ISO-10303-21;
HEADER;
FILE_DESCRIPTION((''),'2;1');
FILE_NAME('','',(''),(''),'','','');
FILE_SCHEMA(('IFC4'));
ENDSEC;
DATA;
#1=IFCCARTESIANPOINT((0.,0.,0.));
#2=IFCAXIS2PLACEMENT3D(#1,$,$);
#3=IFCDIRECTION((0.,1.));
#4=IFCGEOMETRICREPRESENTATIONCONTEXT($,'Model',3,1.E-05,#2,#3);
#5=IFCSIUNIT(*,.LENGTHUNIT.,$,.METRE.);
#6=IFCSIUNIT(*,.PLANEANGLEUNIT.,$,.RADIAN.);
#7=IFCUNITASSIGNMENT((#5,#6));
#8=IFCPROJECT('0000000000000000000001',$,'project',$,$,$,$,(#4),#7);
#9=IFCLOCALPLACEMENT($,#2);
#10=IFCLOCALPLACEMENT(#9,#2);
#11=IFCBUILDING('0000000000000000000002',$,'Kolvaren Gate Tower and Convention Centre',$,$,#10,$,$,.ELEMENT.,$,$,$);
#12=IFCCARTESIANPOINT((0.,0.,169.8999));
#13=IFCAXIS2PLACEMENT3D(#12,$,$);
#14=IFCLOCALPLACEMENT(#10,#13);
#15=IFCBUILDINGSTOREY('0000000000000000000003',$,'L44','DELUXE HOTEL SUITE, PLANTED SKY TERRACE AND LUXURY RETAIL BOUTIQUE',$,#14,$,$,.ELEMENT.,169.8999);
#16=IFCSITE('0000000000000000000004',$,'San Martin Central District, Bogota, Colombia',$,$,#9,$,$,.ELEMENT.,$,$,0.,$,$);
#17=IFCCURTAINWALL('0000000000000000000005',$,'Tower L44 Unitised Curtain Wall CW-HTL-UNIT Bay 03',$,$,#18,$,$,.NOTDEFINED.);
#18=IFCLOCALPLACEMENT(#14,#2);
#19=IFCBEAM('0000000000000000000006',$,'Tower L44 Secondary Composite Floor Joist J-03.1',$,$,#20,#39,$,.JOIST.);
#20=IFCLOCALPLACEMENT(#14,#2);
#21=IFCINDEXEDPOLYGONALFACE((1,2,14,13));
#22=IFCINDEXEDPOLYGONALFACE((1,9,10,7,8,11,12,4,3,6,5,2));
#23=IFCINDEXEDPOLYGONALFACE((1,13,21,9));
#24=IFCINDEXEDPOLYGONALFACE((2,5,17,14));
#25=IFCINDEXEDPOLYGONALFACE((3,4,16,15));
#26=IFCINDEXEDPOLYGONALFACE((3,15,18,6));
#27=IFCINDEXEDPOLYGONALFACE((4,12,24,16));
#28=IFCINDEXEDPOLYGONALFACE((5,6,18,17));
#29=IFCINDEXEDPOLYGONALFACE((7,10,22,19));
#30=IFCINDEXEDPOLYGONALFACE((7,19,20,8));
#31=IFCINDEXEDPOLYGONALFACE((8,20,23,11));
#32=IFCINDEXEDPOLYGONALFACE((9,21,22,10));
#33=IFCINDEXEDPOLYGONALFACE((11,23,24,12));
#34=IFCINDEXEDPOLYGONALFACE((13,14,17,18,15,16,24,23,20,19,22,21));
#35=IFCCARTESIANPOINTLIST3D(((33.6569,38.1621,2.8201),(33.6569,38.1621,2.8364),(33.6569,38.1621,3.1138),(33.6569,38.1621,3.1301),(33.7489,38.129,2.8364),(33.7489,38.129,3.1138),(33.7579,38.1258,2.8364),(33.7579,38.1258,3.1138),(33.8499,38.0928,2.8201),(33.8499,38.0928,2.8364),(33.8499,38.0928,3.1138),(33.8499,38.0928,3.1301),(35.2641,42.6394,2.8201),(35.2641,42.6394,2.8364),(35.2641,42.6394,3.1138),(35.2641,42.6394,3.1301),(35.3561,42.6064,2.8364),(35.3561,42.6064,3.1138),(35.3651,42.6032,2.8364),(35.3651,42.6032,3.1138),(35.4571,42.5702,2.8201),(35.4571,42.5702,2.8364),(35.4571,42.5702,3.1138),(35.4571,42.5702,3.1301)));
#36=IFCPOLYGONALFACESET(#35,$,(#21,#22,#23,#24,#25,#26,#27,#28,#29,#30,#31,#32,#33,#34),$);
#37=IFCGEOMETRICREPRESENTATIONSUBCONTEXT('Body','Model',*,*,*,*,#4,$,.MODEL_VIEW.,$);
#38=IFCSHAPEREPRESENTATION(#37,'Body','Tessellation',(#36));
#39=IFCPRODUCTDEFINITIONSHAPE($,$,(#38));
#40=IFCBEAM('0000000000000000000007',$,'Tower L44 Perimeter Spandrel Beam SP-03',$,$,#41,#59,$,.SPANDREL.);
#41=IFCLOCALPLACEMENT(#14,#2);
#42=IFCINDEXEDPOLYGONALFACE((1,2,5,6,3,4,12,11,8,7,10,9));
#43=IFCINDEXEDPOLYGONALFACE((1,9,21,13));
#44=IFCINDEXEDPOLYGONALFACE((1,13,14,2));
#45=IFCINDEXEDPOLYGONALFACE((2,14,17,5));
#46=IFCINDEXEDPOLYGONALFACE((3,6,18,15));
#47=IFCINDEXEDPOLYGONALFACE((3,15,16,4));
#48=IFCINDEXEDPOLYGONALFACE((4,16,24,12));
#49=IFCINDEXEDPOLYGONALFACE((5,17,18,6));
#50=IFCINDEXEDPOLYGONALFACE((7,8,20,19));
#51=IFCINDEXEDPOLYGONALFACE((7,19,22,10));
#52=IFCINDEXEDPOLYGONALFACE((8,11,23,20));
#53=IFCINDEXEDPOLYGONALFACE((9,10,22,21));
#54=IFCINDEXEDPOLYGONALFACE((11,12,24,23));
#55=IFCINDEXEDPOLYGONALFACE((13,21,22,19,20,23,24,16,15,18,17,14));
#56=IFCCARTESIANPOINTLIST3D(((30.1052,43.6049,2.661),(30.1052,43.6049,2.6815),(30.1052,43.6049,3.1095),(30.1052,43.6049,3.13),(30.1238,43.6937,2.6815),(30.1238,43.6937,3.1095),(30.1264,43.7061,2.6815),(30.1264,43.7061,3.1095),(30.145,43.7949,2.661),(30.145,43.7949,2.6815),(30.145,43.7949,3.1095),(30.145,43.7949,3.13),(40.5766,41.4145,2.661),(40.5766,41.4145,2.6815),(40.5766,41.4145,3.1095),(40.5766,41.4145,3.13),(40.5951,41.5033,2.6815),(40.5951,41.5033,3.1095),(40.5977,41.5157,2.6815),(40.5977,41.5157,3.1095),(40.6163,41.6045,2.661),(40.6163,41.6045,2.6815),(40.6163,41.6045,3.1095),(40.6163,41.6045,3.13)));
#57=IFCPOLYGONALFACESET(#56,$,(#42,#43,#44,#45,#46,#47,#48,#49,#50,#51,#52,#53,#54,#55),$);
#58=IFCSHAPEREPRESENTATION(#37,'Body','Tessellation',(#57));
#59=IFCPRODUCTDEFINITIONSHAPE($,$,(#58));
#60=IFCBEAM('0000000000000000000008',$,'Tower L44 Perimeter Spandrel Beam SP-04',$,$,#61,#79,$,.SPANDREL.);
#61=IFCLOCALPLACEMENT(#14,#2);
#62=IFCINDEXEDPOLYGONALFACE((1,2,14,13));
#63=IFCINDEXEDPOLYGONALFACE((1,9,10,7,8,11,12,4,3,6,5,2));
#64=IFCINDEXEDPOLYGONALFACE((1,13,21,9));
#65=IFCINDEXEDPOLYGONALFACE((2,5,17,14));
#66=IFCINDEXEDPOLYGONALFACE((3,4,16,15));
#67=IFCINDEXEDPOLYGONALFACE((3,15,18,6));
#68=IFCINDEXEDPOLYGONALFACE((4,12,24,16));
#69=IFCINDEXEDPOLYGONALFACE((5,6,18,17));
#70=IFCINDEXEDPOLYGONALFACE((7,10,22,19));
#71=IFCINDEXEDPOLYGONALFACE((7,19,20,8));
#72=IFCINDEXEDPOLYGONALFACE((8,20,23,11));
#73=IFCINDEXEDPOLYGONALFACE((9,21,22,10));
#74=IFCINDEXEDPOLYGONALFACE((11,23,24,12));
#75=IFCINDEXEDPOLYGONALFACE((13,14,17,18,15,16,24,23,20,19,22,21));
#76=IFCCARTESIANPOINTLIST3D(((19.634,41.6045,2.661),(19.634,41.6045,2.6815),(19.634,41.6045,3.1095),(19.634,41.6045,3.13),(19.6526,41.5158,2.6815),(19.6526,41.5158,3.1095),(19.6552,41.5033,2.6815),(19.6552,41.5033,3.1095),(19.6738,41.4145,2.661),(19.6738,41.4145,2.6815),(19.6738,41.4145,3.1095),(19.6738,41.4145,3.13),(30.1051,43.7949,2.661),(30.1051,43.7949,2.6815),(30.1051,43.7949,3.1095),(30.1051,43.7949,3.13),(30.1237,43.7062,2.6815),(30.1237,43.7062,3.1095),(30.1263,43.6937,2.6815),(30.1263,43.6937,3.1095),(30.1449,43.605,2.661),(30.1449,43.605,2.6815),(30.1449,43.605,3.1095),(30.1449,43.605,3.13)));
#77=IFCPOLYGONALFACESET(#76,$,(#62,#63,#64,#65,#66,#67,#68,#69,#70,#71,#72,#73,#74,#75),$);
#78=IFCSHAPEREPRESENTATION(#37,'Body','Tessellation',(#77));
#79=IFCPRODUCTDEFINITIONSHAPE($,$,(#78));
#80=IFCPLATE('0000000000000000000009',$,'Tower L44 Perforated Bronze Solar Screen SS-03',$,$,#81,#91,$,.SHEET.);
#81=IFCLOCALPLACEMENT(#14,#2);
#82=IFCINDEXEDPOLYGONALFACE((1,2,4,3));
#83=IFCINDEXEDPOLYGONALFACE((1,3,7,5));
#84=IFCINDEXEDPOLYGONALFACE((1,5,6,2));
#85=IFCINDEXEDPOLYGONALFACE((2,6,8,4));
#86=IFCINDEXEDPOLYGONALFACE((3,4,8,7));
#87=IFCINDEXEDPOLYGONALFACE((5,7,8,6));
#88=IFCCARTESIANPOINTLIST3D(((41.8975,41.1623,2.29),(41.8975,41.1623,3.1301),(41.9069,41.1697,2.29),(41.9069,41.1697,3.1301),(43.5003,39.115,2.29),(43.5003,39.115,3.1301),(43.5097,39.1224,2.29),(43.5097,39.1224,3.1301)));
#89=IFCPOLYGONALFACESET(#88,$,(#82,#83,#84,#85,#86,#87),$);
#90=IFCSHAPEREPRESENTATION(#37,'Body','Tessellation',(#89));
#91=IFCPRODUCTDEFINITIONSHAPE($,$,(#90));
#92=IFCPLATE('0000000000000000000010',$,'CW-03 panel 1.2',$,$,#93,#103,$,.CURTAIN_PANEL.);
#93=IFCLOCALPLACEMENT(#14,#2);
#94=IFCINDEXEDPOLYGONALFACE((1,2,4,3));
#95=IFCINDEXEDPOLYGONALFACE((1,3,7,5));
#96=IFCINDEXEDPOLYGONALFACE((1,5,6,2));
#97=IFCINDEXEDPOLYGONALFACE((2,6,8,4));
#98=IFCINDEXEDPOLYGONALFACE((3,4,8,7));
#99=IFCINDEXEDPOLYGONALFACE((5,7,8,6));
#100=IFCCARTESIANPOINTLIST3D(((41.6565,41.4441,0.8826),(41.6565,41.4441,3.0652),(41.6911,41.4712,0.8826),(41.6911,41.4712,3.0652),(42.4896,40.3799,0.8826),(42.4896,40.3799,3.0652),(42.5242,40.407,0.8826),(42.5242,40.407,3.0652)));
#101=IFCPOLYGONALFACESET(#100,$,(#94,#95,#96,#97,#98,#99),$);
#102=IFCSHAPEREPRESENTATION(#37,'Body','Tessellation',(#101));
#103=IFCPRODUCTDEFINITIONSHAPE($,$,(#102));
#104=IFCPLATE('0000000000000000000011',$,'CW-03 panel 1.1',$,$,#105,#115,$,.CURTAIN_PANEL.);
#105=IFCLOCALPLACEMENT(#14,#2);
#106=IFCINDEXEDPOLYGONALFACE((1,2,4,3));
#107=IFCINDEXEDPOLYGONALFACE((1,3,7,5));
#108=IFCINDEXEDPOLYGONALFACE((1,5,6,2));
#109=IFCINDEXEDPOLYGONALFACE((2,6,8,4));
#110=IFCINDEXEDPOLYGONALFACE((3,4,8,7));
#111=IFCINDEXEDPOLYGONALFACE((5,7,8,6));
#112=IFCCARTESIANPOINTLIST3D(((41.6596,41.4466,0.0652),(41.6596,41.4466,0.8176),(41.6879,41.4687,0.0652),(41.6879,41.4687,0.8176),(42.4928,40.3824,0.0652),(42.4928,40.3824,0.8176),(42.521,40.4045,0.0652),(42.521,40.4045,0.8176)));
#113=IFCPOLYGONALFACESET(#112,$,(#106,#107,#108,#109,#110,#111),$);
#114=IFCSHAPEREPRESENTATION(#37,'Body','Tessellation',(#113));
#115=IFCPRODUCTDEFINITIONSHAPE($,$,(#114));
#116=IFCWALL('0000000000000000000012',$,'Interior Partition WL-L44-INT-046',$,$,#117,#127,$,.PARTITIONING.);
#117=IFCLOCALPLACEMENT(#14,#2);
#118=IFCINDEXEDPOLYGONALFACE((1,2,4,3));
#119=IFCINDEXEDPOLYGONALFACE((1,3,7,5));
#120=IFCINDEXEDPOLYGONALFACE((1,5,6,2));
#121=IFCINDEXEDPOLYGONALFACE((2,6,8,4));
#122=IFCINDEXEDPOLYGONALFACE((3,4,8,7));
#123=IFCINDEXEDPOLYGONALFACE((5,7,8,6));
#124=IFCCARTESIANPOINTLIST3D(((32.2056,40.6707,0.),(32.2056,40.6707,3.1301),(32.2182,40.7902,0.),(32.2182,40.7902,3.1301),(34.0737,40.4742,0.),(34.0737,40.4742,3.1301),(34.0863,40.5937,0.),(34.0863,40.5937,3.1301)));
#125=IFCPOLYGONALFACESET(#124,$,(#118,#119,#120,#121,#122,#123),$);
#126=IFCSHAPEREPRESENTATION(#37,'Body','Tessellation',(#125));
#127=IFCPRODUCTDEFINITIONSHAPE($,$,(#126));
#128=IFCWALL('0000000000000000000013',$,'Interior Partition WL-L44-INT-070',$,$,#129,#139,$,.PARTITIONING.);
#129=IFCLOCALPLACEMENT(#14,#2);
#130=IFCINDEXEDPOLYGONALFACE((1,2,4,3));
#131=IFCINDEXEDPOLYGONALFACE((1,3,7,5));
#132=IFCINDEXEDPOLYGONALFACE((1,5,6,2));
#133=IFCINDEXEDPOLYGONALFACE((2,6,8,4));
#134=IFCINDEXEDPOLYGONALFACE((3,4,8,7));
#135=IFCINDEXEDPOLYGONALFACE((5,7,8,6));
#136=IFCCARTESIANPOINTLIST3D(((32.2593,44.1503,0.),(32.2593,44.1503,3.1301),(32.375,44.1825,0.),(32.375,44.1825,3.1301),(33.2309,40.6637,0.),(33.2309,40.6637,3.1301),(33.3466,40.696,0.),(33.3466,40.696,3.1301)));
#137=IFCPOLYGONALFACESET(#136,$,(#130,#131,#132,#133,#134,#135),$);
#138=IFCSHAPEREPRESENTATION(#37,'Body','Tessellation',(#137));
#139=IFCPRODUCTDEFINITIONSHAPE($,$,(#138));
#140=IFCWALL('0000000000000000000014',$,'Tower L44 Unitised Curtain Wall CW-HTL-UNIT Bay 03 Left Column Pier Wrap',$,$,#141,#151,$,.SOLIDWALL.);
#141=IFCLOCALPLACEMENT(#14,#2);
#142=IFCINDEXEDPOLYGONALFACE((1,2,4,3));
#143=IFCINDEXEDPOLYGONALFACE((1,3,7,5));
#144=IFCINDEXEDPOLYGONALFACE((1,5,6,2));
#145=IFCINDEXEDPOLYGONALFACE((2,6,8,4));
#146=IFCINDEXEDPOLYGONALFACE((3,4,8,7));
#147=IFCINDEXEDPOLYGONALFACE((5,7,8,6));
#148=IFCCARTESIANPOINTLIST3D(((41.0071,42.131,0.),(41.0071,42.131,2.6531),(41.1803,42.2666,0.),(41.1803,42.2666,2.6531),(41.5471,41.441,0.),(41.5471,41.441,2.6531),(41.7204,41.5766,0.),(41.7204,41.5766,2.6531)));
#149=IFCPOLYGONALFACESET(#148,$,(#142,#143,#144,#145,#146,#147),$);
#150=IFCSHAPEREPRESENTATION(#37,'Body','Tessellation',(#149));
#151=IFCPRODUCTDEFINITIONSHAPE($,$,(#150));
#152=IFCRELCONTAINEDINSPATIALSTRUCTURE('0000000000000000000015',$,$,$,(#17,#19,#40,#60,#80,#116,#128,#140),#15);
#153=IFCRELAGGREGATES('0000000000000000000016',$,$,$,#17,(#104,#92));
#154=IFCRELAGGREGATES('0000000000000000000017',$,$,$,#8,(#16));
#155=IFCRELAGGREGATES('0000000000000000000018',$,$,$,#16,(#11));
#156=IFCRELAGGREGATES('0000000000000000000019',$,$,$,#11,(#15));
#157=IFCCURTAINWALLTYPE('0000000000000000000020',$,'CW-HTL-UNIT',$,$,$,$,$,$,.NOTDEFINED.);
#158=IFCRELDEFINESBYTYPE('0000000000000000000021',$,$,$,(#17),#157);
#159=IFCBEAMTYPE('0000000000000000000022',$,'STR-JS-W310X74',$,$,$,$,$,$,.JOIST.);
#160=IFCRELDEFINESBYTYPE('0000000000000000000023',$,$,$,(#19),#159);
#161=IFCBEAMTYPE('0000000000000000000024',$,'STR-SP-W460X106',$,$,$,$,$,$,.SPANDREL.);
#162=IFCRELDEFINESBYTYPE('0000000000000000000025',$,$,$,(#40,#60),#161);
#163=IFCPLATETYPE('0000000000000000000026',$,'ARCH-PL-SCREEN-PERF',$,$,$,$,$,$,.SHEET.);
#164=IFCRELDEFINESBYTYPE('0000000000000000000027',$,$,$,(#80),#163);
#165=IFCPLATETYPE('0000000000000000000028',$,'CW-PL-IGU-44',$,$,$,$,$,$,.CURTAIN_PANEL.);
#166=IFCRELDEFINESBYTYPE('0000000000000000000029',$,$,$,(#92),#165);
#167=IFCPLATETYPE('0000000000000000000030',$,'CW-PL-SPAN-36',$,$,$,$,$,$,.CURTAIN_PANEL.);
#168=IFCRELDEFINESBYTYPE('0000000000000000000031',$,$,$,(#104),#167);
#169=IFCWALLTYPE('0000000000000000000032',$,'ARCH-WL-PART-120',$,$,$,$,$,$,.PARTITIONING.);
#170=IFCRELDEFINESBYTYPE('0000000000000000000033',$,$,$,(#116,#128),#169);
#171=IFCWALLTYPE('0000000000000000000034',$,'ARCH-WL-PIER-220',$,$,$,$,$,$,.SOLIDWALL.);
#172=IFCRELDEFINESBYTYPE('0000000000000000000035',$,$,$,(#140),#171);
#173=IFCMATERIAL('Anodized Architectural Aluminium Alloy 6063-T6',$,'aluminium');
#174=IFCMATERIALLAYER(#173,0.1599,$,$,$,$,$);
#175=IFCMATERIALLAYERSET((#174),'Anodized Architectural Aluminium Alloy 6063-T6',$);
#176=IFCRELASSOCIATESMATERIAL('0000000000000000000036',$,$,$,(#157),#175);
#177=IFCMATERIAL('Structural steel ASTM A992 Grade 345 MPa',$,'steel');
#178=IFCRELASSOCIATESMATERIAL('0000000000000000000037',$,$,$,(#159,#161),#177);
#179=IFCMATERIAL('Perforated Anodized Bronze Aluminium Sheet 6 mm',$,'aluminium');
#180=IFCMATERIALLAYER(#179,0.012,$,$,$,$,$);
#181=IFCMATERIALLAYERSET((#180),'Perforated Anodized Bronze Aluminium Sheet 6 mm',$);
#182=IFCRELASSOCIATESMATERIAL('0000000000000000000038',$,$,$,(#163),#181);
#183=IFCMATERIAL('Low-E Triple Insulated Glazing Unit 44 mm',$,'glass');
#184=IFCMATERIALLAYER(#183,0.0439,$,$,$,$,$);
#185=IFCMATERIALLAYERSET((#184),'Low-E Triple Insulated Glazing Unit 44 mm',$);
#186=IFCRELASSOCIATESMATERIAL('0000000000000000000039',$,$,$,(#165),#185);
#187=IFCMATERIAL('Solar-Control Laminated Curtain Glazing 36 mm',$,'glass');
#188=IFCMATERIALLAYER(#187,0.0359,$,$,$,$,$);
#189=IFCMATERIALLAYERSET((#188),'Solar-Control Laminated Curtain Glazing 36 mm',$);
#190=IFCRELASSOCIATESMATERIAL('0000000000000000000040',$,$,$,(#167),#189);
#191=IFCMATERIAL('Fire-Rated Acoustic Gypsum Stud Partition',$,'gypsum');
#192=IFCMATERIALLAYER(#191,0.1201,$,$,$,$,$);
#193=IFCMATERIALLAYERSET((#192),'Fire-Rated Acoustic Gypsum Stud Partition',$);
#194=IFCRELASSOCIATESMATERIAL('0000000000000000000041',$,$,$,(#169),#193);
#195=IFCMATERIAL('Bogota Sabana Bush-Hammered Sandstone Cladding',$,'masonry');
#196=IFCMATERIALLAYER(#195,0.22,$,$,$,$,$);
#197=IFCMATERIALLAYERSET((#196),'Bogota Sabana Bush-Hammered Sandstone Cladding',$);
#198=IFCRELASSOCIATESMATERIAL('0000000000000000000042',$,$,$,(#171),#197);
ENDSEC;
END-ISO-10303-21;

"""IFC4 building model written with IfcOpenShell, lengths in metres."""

from ifc_helpers import new_model, si_unit, direction, frame, frame_2d, origin, origin_2d, place, context, subcontext, project, spatial, rectangle, i_section, extrude, material, layer, layer_set, material_profile, profile_set, type_object, element, aggregate, save


model = new_model("IFC4")

# Units and contexts
model_context = context("Model", 3, precision=1e-05, world=origin(), true_north=direction((0.0, 1.0)))
body_context = subcontext(model_context, "Body", "Model", "MODEL_VIEW")
ifc_project = project(units=[si_unit("LENGTHUNIT", "METRE"), si_unit("PLANEANGLEUNIT", "RADIAN")], contexts=[model_context])

# Site, building, storey
site_placement = place(None, origin())
site = spatial("IfcSite", under=ifc_project, at=site_placement, Name="San Martin Central District, Bogota, Colombia", CompositionType="ELEMENT", RefElevation=0.0)
building_placement = place(site_placement, origin())
building = spatial("IfcBuilding", under=site, at=building_placement, Name="Kolvaren Gate Tower and Convention Centre", CompositionType="ELEMENT")
storey_placement = place(building_placement, frame((0.0, 0.0, 169.8999)))
storey = spatial("IfcBuildingStorey", under=building, at=storey_placement, Name="L44", Description="DELUXE HOTEL SUITE, PLANTED SKY TERRACE AND LUXURY RETAIL BOUTIQUE", CompositionType="ELEMENT", Elevation=169.8999)

# Curtain wall
ifc_material_1 = material(Name="Anodized Architectural Aluminium Alloy 6063-T6", Category="aluminium")
ifc_layer_1 = layer(ifc_material_1, 0.1599)
ifc_layer_set_1 = layer_set([ifc_layer_1], Name="Anodized Architectural Aluminium Alloy 6063-T6")
curtain_wall_type = type_object("IfcCurtainWallType", Name="CW-HTL-UNIT", PredefinedType="NOTDEFINED", material=ifc_layer_set_1)
curtain_wall_placement = place(storey_placement, origin())
curtain_wall = element("IfcCurtainWall", 1, at=curtain_wall_placement, inside=storey, type_object=curtain_wall_type, Name="Tower L44 Unitised Curtain Wall CW-HTL-UNIT Bay 03", PredefinedType="NOTDEFINED")

# Beams
ifc_material_2 = material(Name="Structural steel ASTM A992 Grade 345 MPa", Category="steel")
ifc_material_profile_1 = material_profile(ifc_material_2, i_section(OverallWidth=0.2051, OverallDepth=0.3101, WebThickness=0.0095, FlangeThickness=0.0164, at=origin_2d()), Name="W310X74")
ifc_profile_set_1 = profile_set([ifc_material_profile_1], Name="Structural steel ASTM A992 Grade 345 MPa")
beam_type_1 = type_object("IfcBeamType", Name="STR-JS-W310X74", PredefinedType="JOIST", material=ifc_profile_set_1)
beam_1_placement = place(storey_placement, frame((33.7534, 38.1274, 2.9751), z_axis=(0.337854, 0.941198, 0.0), x_axis=(-0.941198, 0.337854, 0.0)))
element("IfcBeam", 2, at=beam_1_placement, inside=storey, type_object=beam_type_1, Name="Tower L44 Secondary Composite Floor Joist J-03.1", PredefinedType="JOIST", context=body_context, shape_type="SweptSolid", body=[
    extrude(i_section(OverallWidth=0.2051, OverallDepth=0.3101, WebThickness=0.0095, FlangeThickness=0.0164, at=origin_2d()), origin(), (0.0, 0.0, 1.0), 4.7571),
])
ifc_material_profile_2 = material_profile(ifc_material_2, i_section(OverallWidth=0.1941, OverallDepth=0.469, WebThickness=0.0127, FlangeThickness=0.0205, at=origin_2d()), Name="W460X106")
ifc_profile_set_2 = profile_set([ifc_material_profile_2], Name="Structural steel ASTM A992 Grade 345 MPa")
beam_type_2 = type_object("IfcBeamType", Name="STR-SP-W460X106", PredefinedType="SPANDREL", material=ifc_profile_set_2)
beam_2_placement = place(storey_placement, frame((40.5964, 41.5095, 2.8955), z_axis=(-0.978814, 0.20475, 0.0), x_axis=(-0.20475, -0.978814, 0.0)))
element("IfcBeam", 3, at=beam_2_placement, inside=storey, type_object=beam_type_2, Name="Tower L44 Perimeter Spandrel Beam SP-03", PredefinedType="SPANDREL", context=body_context, shape_type="SweptSolid", body=[
    extrude(i_section(OverallWidth=0.1941, OverallDepth=0.469, WebThickness=0.0127, FlangeThickness=0.0205, at=origin_2d()), origin(), (0.0, 0.0, 1.0), 10.698),
])
beam_3_placement = place(storey_placement, frame((30.125, 43.7, 2.8955), z_axis=(-0.978813, -0.204754, 0.0), x_axis=(0.204754, -0.978813, 0.0)))
element("IfcBeam", 4, at=beam_3_placement, inside=storey, type_object=beam_type_2, Name="Tower L44 Perimeter Spandrel Beam SP-04", PredefinedType="SPANDREL", context=body_context, shape_type="SweptSolid", body=[
    extrude(i_section(OverallWidth=0.1941, OverallDepth=0.469, WebThickness=0.0127, FlangeThickness=0.0205, at=origin_2d()), origin(), (0.0, 0.0, 1.0), 10.6978),
])

# Plates
ifc_material_3 = material(Name="Perforated Anodized Bronze Aluminium Sheet 6 mm", Category="aluminium")
ifc_layer_2 = layer(ifc_material_3, 0.012)
ifc_layer_set_2 = layer_set([ifc_layer_2], Name="Perforated Anodized Bronze Aluminium Sheet 6 mm")
plate_type_1 = type_object("IfcPlateType", Name="ARCH-PL-SCREEN-PERF", PredefinedType="SHEET", material=ifc_layer_set_2)
plate_1_placement = place(storey_placement, frame((42.7036, 40.1423, 2.29), z_axis=(0.0, 0.0, 1.0), x_axis=(0.616434, -0.787406, 0.0)))
element("IfcPlate", 5, at=plate_1_placement, inside=storey, type_object=plate_type_1, Name="Tower L44 Perforated Bronze Solar Screen SS-03", PredefinedType="SHEET", context=body_context, shape_type="SweptSolid", body=[
    extrude(rectangle(XDim=2.6001, YDim=0.012, at=origin_2d()), origin(), (0.0, 0.0, 1.0), 0.8401),
])
ifc_material_4 = material(Name="Low-E Triple Insulated Glazing Unit 44 mm", Category="glass")
ifc_layer_3 = layer(ifc_material_4, 0.0439)
ifc_layer_set_3 = layer_set([ifc_layer_3], Name="Low-E Triple Insulated Glazing Unit 44 mm")
plate_type_2 = type_object("IfcPlateType", Name="CW-PL-IGU-44", PredefinedType="CURTAIN_PANEL", material=ifc_layer_set_3)
plate_2_placement = place(storey_placement, frame((42.0903, 40.9255, 0.8826), z_axis=(0.0, 0.0, 1.0), x_axis=(0.616438, -0.787404, 0.0)))
plate_2 = element("IfcPlate", 6, at=plate_2_placement, type_object=plate_type_2, Name="CW-03 panel 1.2", PredefinedType="CURTAIN_PANEL", context=body_context, shape_type="SweptSolid", body=[
    extrude(rectangle(XDim=1.3516, YDim=0.0439, at=origin_2d()), origin(), (0.0, 0.0, 1.0), 2.1826),
])
ifc_material_5 = material(Name="Solar-Control Laminated Curtain Glazing 36 mm", Category="glass")
ifc_layer_4 = layer(ifc_material_5, 0.0359)
ifc_layer_set_4 = layer_set([ifc_layer_4], Name="Solar-Control Laminated Curtain Glazing 36 mm")
plate_type_3 = type_object("IfcPlateType", Name="CW-PL-SPAN-36", PredefinedType="CURTAIN_PANEL", material=ifc_layer_set_4)
plate_3_placement = place(storey_placement, frame((42.0903, 40.9255, 0.0652), z_axis=(0.0, 0.0, 1.0), x_axis=(0.616438, -0.787404, 0.0)))
plate_3 = element("IfcPlate", 7, at=plate_3_placement, type_object=plate_type_3, Name="CW-03 panel 1.1", PredefinedType="CURTAIN_PANEL", context=body_context, shape_type="SweptSolid", body=[
    extrude(rectangle(XDim=1.3516, YDim=0.0359, at=origin_2d()), origin(), (0.0, 0.0, 1.0), 0.7524),
])
aggregate(curtain_wall, [plate_3, plate_2])

# Walls
ifc_material_6 = material(Name="Fire-Rated Acoustic Gypsum Stud Partition", Category="gypsum")
ifc_layer_5 = layer(ifc_material_6, 0.1201)
ifc_layer_set_5 = layer_set([ifc_layer_5], Name="Fire-Rated Acoustic Gypsum Stud Partition")
wall_type_1 = type_object("IfcWallType", Name="ARCH-WL-PART-120", PredefinedType="PARTITIONING", material=ifc_layer_set_5)
wall_1_placement = place(storey_placement, frame((32.2119, 40.7305, 0.0), z_axis=(0.0, 0.0, 1.0), x_axis=(0.994512, -0.104624, 0.0)))
element("IfcWall", 8, at=wall_1_placement, inside=storey, type_object=wall_type_1, Name="Interior Partition WL-L44-INT-046", PredefinedType="PARTITIONING", context=body_context, shape_type="SweptSolid", body=[
    extrude(rectangle(XDim=1.8784, YDim=0.1201, at=frame_2d((0.9392, 0.0))), origin(), (0.0, 0.0, 1.0), 3.1301),
])
wall_2_placement = place(storey_placement, frame((32.3171, 44.1663, 0.0), z_axis=(0.0, 0.0, 1.0), x_axis=(0.268461, -0.96329, 0.0)))
element("IfcWall", 9, at=wall_2_placement, inside=storey, type_object=wall_type_1, Name="Interior Partition WL-L44-INT-070", PredefinedType="PARTITIONING", context=body_context, shape_type="SweptSolid", body=[
    extrude(rectangle(XDim=3.6194, YDim=0.1201, at=frame_2d((1.8096, 0.0))), origin(), (0.0, 0.0, 1.0), 3.1301),
])
ifc_material_7 = material(Name="Bogota Sabana Bush-Hammered Sandstone Cladding", Category="masonry")
ifc_layer_6 = layer(ifc_material_7, 0.22)
ifc_layer_set_6 = layer_set([ifc_layer_6], Name="Bogota Sabana Bush-Hammered Sandstone Cladding")
wall_type_2 = type_object("IfcWallType", Name="ARCH-WL-PIER-220", PredefinedType="SOLIDWALL", material=ifc_layer_set_6)
wall_3_placement = place(storey_placement, frame((41.0938, 42.1987, 0.0), z_axis=(0.0, 0.0, 1.0), x_axis=(0.616368, -0.787458, 0.0)))
element("IfcWall", 10, at=wall_3_placement, inside=storey, type_object=wall_type_2, Name="Tower L44 Unitised Curtain Wall CW-HTL-UNIT Bay 03 Left Column Pier Wrap", PredefinedType="SOLIDWALL", context=body_context, shape_type="SweptSolid", body=[
    extrude(rectangle(XDim=0.8762, YDim=0.22, at=frame_2d((0.438, 0.0))), origin(), (0.0, 0.0, 1.0), 2.6531),
])

save(model, "model.ifc")
